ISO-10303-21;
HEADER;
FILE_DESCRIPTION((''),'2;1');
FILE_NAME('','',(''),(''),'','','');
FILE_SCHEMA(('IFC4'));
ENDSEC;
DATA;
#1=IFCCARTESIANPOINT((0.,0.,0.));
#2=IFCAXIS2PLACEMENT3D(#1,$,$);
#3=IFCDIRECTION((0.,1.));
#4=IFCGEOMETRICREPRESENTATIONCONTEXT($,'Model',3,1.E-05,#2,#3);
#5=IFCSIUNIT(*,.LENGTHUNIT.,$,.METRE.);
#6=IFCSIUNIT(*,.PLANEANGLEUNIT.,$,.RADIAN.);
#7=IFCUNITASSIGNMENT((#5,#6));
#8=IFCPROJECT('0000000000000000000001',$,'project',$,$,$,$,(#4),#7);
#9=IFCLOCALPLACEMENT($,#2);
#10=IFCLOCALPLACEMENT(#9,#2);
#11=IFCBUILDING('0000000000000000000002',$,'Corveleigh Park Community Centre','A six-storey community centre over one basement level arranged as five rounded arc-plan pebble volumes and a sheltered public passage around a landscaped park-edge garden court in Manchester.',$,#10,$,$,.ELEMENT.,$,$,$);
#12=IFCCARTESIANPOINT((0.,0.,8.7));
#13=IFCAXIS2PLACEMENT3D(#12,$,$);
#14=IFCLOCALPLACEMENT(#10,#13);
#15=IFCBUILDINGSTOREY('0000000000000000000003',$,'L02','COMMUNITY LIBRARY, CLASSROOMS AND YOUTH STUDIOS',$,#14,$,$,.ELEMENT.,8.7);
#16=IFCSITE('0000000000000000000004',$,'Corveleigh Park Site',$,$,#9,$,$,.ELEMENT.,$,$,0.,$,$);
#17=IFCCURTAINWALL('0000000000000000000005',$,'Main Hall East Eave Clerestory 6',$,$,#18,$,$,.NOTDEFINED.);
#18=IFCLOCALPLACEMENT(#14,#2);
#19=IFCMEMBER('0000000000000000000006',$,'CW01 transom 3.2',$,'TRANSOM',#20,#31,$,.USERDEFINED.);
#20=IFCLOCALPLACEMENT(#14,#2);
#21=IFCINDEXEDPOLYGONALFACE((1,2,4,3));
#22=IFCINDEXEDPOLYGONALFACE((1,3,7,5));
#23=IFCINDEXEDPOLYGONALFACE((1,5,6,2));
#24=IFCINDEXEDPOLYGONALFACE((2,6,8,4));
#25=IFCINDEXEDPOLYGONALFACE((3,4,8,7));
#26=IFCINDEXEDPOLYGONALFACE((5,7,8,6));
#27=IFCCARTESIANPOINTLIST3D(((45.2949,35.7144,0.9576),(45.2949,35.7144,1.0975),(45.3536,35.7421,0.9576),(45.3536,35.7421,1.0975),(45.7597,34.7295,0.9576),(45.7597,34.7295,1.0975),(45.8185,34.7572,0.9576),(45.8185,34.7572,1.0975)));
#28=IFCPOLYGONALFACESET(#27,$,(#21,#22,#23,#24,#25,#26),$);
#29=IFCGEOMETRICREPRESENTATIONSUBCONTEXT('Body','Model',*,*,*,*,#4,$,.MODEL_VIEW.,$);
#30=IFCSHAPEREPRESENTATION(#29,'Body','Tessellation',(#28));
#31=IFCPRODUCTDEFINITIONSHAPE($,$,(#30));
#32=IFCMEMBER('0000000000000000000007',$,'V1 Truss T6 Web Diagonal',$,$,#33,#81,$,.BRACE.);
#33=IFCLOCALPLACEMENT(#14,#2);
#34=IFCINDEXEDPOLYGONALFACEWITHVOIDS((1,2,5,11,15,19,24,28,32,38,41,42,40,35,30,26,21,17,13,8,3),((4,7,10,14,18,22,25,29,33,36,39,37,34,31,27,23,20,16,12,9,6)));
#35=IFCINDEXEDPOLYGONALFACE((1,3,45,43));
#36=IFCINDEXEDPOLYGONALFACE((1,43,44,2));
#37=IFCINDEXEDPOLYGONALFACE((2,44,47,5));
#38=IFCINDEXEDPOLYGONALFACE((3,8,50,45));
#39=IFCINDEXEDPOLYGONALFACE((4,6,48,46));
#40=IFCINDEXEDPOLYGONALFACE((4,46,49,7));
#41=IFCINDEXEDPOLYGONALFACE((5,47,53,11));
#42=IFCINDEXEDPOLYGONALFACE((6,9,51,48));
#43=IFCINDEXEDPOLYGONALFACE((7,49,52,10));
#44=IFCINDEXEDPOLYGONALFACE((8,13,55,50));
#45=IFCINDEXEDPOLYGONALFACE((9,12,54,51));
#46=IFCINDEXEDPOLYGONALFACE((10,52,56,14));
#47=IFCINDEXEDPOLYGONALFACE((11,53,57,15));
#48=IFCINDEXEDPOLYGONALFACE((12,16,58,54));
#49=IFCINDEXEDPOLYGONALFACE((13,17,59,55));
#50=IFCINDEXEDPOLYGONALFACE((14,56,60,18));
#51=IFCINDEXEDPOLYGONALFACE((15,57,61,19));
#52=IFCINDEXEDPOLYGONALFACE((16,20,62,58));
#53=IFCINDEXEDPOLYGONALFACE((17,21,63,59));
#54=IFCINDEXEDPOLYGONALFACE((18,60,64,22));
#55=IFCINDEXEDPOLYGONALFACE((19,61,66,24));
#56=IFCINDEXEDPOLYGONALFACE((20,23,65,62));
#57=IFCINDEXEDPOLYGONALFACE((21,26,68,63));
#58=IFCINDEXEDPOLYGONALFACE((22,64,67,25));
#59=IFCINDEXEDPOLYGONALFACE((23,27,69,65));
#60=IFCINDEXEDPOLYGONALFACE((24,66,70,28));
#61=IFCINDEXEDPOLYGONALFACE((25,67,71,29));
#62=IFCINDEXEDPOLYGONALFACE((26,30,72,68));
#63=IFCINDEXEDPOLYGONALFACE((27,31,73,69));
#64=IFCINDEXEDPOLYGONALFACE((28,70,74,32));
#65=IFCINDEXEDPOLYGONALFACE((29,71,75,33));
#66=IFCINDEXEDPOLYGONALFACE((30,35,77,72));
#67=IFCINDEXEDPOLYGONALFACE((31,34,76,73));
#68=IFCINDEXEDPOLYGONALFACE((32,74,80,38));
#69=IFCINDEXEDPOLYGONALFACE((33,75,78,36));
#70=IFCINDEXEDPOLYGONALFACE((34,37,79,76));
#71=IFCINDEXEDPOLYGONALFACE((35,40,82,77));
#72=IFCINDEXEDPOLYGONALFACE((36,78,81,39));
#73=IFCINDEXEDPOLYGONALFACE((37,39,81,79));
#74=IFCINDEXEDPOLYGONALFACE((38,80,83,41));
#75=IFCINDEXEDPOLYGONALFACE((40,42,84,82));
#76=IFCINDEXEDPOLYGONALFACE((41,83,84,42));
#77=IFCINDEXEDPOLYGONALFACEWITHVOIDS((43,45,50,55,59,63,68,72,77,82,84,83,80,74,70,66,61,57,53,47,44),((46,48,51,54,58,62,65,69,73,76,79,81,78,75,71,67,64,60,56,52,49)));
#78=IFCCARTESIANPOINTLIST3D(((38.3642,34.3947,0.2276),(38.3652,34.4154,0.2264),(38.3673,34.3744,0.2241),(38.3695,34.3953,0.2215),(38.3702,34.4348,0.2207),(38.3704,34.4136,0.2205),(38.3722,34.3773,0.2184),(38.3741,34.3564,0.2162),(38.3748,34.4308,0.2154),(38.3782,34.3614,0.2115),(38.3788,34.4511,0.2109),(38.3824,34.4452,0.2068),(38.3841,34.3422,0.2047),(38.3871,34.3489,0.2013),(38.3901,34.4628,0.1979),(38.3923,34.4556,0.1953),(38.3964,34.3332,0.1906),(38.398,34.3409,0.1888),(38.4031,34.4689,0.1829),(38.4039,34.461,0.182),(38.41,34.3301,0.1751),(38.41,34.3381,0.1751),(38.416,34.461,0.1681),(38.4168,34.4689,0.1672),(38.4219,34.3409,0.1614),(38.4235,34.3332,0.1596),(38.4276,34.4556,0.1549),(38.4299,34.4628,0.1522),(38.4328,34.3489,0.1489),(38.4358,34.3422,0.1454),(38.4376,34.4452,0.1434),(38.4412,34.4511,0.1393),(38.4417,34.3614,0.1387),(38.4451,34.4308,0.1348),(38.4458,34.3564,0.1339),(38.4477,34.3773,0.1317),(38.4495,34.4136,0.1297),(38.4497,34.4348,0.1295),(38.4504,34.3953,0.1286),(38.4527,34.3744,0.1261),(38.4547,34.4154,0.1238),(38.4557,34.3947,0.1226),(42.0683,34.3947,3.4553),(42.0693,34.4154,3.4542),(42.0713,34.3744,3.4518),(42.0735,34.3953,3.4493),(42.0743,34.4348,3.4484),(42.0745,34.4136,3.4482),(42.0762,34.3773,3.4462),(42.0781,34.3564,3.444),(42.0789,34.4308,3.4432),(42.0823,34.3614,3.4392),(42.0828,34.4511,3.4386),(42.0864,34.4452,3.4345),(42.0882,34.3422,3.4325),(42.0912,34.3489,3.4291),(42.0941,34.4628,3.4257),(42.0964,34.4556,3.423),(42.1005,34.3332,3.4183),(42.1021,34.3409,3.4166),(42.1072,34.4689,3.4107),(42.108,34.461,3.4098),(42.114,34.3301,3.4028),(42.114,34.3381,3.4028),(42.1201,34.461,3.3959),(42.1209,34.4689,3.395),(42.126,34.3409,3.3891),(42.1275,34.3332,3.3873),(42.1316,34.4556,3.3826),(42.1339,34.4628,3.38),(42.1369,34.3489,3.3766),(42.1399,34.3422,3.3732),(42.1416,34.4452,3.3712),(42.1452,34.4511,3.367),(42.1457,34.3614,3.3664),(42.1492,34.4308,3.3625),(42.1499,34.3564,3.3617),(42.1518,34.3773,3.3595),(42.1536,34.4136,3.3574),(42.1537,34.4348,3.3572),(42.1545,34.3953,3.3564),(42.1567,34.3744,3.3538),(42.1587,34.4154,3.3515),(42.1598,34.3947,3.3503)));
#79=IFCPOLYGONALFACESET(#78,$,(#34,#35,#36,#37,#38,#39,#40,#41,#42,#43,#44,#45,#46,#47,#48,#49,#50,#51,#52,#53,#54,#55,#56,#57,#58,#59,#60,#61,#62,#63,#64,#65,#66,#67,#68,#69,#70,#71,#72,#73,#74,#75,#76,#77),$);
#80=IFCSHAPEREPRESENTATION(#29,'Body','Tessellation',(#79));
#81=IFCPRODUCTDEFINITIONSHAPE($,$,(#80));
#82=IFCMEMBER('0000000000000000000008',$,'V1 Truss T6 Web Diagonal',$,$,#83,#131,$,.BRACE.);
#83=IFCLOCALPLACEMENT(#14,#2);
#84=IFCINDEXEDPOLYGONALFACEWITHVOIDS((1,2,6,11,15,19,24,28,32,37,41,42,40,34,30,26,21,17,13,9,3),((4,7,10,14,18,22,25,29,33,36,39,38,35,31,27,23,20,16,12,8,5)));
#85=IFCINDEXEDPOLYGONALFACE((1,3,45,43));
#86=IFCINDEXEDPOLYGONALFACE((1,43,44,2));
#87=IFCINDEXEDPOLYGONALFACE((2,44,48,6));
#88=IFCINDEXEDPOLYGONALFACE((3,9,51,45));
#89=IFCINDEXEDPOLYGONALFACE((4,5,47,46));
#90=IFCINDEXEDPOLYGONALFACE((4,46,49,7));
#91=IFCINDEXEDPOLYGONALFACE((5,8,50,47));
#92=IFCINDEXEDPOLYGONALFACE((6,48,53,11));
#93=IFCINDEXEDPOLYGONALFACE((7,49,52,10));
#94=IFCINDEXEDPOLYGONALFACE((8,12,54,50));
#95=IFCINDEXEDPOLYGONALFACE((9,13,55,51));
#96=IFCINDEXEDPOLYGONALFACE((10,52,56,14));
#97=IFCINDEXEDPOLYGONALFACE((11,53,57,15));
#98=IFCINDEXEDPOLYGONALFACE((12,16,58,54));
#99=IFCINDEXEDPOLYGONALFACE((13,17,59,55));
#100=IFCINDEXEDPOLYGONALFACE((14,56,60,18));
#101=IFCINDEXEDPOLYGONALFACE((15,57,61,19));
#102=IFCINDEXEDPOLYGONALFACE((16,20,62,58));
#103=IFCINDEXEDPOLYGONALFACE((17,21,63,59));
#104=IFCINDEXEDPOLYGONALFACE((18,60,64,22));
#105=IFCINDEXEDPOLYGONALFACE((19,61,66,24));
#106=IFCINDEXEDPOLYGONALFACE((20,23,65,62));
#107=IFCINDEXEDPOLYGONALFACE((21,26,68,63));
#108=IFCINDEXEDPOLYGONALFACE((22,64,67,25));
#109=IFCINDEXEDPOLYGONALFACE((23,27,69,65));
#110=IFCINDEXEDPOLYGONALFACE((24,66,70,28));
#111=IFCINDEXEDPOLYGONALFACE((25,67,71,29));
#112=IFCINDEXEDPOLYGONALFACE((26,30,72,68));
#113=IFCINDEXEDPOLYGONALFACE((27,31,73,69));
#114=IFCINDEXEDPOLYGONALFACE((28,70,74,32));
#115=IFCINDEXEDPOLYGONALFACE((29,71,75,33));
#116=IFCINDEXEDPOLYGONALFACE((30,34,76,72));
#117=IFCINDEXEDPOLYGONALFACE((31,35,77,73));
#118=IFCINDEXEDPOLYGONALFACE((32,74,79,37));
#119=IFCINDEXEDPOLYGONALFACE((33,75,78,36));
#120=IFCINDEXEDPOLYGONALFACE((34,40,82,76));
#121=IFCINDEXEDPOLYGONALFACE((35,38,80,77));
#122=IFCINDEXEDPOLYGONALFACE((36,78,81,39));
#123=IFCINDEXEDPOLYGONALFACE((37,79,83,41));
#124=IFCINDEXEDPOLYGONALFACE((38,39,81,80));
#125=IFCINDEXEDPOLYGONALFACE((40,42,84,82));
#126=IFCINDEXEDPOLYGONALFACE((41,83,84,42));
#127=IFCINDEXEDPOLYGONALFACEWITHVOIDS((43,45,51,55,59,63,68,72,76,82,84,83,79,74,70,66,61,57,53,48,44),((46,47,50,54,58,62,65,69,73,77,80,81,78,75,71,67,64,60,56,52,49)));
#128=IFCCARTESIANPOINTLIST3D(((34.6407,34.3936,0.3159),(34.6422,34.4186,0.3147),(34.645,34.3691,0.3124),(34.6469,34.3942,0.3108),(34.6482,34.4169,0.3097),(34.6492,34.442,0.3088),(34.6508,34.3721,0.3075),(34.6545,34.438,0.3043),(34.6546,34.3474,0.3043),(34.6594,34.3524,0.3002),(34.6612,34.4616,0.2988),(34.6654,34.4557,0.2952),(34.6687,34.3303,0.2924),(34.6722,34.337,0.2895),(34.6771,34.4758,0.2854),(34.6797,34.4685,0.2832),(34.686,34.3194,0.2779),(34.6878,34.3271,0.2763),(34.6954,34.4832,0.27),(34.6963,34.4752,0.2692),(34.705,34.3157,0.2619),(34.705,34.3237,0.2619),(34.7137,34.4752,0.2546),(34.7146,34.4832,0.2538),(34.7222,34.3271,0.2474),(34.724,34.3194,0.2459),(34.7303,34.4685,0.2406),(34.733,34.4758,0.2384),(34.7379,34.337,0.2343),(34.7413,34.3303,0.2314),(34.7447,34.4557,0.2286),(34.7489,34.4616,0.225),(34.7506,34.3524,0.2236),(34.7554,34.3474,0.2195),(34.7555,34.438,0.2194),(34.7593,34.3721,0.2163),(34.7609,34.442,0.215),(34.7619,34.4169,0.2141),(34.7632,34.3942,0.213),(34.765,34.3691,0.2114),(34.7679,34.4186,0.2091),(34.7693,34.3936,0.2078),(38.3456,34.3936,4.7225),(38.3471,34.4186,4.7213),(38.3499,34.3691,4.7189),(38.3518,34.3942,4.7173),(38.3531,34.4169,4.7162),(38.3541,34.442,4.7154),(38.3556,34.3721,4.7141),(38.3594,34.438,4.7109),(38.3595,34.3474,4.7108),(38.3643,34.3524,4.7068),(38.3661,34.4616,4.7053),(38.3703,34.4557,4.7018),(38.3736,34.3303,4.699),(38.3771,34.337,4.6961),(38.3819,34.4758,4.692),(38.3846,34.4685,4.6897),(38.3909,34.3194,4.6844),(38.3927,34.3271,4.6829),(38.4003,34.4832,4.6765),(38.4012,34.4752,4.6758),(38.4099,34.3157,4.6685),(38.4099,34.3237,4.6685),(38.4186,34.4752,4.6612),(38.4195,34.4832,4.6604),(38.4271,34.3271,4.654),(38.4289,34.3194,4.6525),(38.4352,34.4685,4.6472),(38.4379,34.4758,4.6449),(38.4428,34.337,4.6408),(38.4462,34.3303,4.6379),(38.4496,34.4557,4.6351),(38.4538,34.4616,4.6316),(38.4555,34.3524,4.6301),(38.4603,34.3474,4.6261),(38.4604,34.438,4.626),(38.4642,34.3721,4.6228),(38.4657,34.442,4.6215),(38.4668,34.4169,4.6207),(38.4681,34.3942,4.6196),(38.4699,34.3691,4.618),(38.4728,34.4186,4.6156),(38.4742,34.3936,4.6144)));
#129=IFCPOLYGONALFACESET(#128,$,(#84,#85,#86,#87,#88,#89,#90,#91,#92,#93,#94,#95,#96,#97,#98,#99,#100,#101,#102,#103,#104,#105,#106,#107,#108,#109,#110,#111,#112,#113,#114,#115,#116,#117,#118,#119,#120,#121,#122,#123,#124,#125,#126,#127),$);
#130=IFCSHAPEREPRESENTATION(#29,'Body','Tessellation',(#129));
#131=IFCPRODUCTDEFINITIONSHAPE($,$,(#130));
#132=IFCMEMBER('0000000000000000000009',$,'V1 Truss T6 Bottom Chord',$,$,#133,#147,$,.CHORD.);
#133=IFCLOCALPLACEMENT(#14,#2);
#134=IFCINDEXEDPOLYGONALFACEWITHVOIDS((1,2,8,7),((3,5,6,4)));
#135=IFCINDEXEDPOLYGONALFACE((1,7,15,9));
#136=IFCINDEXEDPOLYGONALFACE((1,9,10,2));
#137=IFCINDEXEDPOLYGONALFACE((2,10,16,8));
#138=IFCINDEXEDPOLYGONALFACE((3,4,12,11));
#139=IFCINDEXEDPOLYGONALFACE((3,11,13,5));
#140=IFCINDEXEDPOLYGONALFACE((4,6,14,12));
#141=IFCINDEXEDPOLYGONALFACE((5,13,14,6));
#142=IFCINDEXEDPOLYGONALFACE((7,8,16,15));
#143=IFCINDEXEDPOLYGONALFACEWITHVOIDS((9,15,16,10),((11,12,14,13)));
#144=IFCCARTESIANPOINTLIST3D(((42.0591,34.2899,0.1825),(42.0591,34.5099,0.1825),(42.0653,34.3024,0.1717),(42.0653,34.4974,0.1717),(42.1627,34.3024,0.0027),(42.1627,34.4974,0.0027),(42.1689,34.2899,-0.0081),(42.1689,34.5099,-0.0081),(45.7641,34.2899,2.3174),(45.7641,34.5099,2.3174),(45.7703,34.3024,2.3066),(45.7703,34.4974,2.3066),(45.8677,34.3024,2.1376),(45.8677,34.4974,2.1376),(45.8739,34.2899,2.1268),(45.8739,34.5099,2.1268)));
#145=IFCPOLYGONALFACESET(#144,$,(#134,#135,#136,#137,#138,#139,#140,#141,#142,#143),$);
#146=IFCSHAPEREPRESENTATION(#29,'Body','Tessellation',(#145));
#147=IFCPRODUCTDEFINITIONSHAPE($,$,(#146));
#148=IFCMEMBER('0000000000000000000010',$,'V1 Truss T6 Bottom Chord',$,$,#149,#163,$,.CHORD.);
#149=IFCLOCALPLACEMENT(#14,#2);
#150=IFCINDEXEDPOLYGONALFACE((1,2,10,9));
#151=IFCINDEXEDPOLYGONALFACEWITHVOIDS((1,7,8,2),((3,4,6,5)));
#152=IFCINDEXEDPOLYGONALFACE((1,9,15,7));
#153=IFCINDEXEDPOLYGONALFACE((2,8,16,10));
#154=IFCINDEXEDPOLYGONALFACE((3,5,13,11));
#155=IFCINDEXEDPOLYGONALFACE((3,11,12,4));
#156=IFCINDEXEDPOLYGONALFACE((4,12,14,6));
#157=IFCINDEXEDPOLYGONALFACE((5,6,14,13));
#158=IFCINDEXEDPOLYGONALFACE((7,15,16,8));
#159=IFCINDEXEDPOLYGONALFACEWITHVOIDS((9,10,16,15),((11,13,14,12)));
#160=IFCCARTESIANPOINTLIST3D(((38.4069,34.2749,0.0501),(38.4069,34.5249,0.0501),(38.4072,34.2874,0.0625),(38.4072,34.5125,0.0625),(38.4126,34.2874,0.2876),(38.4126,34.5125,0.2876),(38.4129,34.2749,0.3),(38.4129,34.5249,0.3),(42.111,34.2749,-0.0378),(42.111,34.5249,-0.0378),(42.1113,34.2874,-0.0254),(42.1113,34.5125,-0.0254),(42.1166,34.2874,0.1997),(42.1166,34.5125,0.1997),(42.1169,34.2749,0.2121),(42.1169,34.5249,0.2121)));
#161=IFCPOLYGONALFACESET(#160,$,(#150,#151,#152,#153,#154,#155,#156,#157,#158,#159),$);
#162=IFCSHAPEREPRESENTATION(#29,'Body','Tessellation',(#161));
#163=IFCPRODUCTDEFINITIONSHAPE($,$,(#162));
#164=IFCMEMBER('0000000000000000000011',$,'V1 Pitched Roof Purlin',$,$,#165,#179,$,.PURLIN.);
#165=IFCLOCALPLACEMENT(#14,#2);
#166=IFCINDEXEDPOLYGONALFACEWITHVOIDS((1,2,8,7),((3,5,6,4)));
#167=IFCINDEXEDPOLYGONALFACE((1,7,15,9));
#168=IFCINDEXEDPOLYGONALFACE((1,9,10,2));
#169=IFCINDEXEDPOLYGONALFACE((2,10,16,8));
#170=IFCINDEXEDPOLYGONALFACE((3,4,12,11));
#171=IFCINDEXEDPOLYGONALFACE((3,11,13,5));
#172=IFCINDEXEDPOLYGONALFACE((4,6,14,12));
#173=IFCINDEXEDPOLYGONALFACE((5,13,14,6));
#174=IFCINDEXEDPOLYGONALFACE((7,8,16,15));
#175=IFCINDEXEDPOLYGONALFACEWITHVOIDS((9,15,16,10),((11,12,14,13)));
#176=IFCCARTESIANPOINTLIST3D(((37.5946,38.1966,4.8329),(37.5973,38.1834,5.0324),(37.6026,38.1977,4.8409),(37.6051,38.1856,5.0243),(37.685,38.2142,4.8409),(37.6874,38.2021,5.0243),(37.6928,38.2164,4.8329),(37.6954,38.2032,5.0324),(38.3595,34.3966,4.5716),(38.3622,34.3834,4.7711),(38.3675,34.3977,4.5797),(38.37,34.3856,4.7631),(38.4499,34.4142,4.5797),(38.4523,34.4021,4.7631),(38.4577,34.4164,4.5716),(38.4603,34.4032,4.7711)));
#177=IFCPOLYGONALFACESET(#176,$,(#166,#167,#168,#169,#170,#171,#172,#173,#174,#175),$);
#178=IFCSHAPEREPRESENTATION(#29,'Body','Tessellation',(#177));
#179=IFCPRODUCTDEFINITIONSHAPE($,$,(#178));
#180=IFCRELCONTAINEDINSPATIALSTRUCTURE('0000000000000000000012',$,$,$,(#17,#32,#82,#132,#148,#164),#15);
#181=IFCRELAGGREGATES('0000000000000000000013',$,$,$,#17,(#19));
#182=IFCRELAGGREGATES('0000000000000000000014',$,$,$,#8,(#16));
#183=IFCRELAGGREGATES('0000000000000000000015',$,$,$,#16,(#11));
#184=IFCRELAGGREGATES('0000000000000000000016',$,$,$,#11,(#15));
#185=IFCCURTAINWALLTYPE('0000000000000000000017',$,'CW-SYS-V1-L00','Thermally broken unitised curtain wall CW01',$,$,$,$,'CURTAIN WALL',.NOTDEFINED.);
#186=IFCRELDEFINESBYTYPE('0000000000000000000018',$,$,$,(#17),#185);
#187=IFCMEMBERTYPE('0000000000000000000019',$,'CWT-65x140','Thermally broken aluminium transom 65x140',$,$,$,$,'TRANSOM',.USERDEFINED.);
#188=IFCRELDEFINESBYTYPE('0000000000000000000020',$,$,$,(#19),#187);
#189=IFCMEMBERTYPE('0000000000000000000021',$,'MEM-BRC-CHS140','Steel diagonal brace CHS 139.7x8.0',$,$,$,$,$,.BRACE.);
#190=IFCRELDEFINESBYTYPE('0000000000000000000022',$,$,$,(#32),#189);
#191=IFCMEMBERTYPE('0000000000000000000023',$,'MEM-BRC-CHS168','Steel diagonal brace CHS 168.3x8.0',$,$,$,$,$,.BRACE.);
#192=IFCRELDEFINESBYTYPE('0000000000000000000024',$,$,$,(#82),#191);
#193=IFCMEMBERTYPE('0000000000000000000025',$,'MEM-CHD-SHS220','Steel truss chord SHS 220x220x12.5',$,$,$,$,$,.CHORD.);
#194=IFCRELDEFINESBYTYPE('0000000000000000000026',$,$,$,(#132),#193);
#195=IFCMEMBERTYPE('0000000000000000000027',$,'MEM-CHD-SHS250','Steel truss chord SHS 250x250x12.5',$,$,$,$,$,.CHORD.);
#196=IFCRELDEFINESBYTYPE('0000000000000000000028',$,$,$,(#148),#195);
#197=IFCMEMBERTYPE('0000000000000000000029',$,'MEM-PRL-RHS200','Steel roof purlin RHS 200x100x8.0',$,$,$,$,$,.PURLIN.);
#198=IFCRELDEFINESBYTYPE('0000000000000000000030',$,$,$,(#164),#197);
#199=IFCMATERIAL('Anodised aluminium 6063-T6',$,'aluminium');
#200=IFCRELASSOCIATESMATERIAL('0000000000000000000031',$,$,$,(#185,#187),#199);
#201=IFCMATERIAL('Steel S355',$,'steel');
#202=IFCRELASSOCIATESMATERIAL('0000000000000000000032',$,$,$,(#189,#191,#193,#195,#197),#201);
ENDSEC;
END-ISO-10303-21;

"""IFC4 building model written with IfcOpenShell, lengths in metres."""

from ifc_helpers import new_model, si_unit, direction, frame, origin, origin_2d, place, context, subcontext, project, spatial, rectangle, hollow_rectangle, hollow_circle, extrude, material, material_profile, profile_set, type_object, element, aggregate, save


model = new_model("IFC4")

# Units and contexts
model_context = context("Model", 3, precision=1e-05, world=origin(), true_north=direction((0.0, 1.0)))
body_context = subcontext(model_context, "Body", "Model", "MODEL_VIEW")
ifc_project = project(units=[si_unit("LENGTHUNIT", "METRE"), si_unit("PLANEANGLEUNIT", "RADIAN")], contexts=[model_context])

# Site, building, storey
site_placement = place(None, origin())
site = spatial("IfcSite", under=ifc_project, at=site_placement, Name="Corveleigh Park Site", CompositionType="ELEMENT", RefElevation=0.0)
building_placement = place(site_placement, origin())
building = spatial("IfcBuilding", under=site, at=building_placement, Name="Corveleigh Park Community Centre", Description="A six-storey community centre over one basement level arranged as five rounded arc-plan pebble volumes and a sheltered public passage around a landscaped park-edge garden court in Manchester.", CompositionType="ELEMENT")
storey_placement = place(building_placement, frame((0.0, 0.0, 8.7)))
storey = spatial("IfcBuildingStorey", under=building, at=storey_placement, Name="L02", Description="COMMUNITY LIBRARY, CLASSROOMS AND YOUTH STUDIOS", CompositionType="ELEMENT", Elevation=8.7)

# Shared definitions
ifc_material_1 = material(Name="Steel S355", Category="steel")

# Shared definitions
ifc_material_2 = material(Name="Anodised aluminium 6063-T6", Category="aluminium")
curtain_wall_type = type_object("IfcCurtainWallType", Name="CW-SYS-V1-L00", Description="Thermally broken unitised curtain wall CW01", ElementType="CURTAIN WALL", PredefinedType="NOTDEFINED", material=ifc_material_2)

# Curtain wall
curtain_wall_1_placement = place(storey_placement, origin())
curtain_wall_1 = element("IfcCurtainWall", 1, at=curtain_wall_1_placement, inside=storey, type_object=curtain_wall_type, Name="Main Hall East Eave Clerestory 6", PredefinedType="NOTDEFINED")

# Member
ifc_material_profile_1 = material_profile(ifc_material_2, rectangle(XDim=0.0649, YDim=0.1399, at=origin_2d()), Name="ALU-T65x140", Category="aluminium")
ifc_profile_set_1 = profile_set([ifc_material_profile_1], Name="Anodised aluminium 6063-T6")
member_type_1 = type_object("IfcMemberType", Name="CWT-65x140", Description="Thermally broken aluminium transom 65x140", ElementType="TRANSOM", PredefinedType="USERDEFINED", material=ifc_profile_set_1)
member_1_placement = place(storey_placement, frame((45.3242, 35.7283, 1.0276), z_axis=(0.426833, -0.90433, 0.0), x_axis=(0.90433, 0.426833, 0.0)))
member_1 = element("IfcMember", 2, at=member_1_placement, type_object=member_type_1, Name="CW01 transom 3.2", ObjectType="TRANSOM", PredefinedType="USERDEFINED", context=body_context, shape_type="SweptSolid", body=[
    extrude(rectangle(XDim=0.0649, YDim=0.1399, at=origin_2d()), origin(), (0.0, 0.0, 1.0), 1.0891),
])

# Members
ifc_material_profile_2 = material_profile(ifc_material_1, hollow_circle(Radius=0.0698, WallThickness=0.0081, at=origin_2d()), Name="CHS 139.7x8.0", Category="steel")
ifc_profile_set_2 = profile_set([ifc_material_profile_2], Name="Steel S355")
member_type_2 = type_object("IfcMemberType", Name="MEM-BRC-CHS140", Description="Steel diagonal brace CHS 139.7x8.0", PredefinedType="BRACE", material=ifc_profile_set_2)
member_2_placement = place(storey_placement, frame((42.114, 34.3999, 3.4028), z_axis=(-0.753917, 0.0, -0.656969), x_axis=(0.0, -1.0, 0.0)))
element("IfcMember", 3, at=member_2_placement, inside=storey, type_object=member_type_2, Name="V1 Truss T6 Web Diagonal", PredefinedType="BRACE", context=body_context, shape_type="SweptSolid", body=[
    extrude(hollow_circle(Radius=0.0698, WallThickness=0.0081, at=origin_2d()), origin(), (0.0, 0.0, 1.0), 4.9131),
])
ifc_material_profile_3 = material_profile(ifc_material_1, hollow_circle(Radius=0.0842, WallThickness=0.0081, at=origin_2d()), Name="CHS 168.3x8.0", Category="steel")
ifc_profile_set_3 = profile_set([ifc_material_profile_3], Name="Steel S355")
member_type_3 = type_object("IfcMemberType", Name="MEM-BRC-CHS168", Description="Steel diagonal brace CHS 168.3x8.0", PredefinedType="BRACE", material=ifc_profile_set_3)
member_3_placement = place(storey_placement, frame((38.4099, 34.3999, 4.6685), z_axis=(-0.643536, 0.0, -0.765416), x_axis=(0.0, -1.0, 0.0)))
element("IfcMember", 4, at=member_3_placement, inside=storey, type_object=member_type_3, Name="V1 Truss T6 Web Diagonal", PredefinedType="BRACE", context=body_context, shape_type="SweptSolid", body=[
    extrude(hollow_circle(Radius=0.0842, WallThickness=0.0081, at=origin_2d()), origin(), (0.0, 0.0, 1.0), 5.7571),
])
ifc_material_profile_4 = material_profile(ifc_material_1, hollow_rectangle(XDim=0.22, YDim=0.22, WallThickness=0.0125, at=origin_2d()), Name="SHS 220x220x12.5", Category="steel")
ifc_profile_set_4 = profile_set([ifc_material_profile_4], Name="Steel S355")
member_type_4 = type_object("IfcMemberType", Name="MEM-CHD-SHS220", Description="Steel truss chord SHS 220x220x12.5", PredefinedType="CHORD", material=ifc_profile_set_4)
member_4_placement = place(storey_placement, frame((42.114, 34.3999, 0.0872), z_axis=(0.866442, 0.0, 0.499278), x_axis=(0.0, 1.0, 0.0)))
element("IfcMember", 5, at=member_4_placement, inside=storey, type_object=member_type_4, Name="V1 Truss T6 Bottom Chord", PredefinedType="CHORD", context=body_context, shape_type="SweptSolid", body=[
    extrude(hollow_rectangle(XDim=0.22, YDim=0.22, WallThickness=0.0125, at=origin_2d()), origin(), (0.0, 0.0, 1.0), 4.2761),
])
ifc_material_profile_5 = material_profile(ifc_material_1, hollow_rectangle(XDim=0.25, YDim=0.25, WallThickness=0.0125, at=origin_2d()), Name="SHS 250x250x12.5", Category="steel")
ifc_profile_set_5 = profile_set([ifc_material_profile_5], Name="Steel S355")
member_type_5 = type_object("IfcMemberType", Name="MEM-CHD-SHS250", Description="Steel truss chord SHS 250x250x12.5", PredefinedType="CHORD", material=ifc_profile_set_5)
member_5_placement = place(storey_placement, frame((38.4099, 34.3999, 0.175), z_axis=(0.999719, 0.0, -0.023721), x_axis=(0.0, 1.0, 0.0)))
element("IfcMember", 6, at=member_5_placement, inside=storey, type_object=member_type_5, Name="V1 Truss T6 Bottom Chord", PredefinedType="CHORD", context=body_context, shape_type="SweptSolid", body=[
    extrude(hollow_rectangle(XDim=0.25, YDim=0.25, WallThickness=0.0125, at=origin_2d()), origin(), (0.0, 0.0, 1.0), 3.7051),
])
ifc_material_profile_6 = material_profile(ifc_material_1, hollow_rectangle(XDim=0.1001, YDim=0.2, WallThickness=0.0081, at=origin_2d()), Name="RHS 200x100x8.0", Category="steel")
ifc_profile_set_6 = profile_set([ifc_material_profile_6], Name="Steel S355")
member_type_6 = type_object("IfcMemberType", Name="MEM-PRL-RHS200", Description="Steel roof purlin RHS 200x100x8.0", PredefinedType="PURLIN", material=ifc_profile_set_6)
member_6_placement = place(storey_placement, frame((38.4099, 34.3999, 4.6714), z_axis=(-0.196881, 0.978119, 0.06724), x_axis=(-0.980338, -0.197327, 0.0)))
element("IfcMember", 7, at=member_6_placement, inside=storey, type_object=member_type_6, Name="V1 Pitched Roof Purlin", PredefinedType="PURLIN", context=body_context, shape_type="SweptSolid", body=[
    extrude(hollow_rectangle(XDim=0.1001, YDim=0.2, WallThickness=0.0081, at=origin_2d()), origin(), (0.0, 0.0, 1.0), 3.885),
])

aggregate(curtain_wall_1, [member_1])

save(model, "model.ifc")
